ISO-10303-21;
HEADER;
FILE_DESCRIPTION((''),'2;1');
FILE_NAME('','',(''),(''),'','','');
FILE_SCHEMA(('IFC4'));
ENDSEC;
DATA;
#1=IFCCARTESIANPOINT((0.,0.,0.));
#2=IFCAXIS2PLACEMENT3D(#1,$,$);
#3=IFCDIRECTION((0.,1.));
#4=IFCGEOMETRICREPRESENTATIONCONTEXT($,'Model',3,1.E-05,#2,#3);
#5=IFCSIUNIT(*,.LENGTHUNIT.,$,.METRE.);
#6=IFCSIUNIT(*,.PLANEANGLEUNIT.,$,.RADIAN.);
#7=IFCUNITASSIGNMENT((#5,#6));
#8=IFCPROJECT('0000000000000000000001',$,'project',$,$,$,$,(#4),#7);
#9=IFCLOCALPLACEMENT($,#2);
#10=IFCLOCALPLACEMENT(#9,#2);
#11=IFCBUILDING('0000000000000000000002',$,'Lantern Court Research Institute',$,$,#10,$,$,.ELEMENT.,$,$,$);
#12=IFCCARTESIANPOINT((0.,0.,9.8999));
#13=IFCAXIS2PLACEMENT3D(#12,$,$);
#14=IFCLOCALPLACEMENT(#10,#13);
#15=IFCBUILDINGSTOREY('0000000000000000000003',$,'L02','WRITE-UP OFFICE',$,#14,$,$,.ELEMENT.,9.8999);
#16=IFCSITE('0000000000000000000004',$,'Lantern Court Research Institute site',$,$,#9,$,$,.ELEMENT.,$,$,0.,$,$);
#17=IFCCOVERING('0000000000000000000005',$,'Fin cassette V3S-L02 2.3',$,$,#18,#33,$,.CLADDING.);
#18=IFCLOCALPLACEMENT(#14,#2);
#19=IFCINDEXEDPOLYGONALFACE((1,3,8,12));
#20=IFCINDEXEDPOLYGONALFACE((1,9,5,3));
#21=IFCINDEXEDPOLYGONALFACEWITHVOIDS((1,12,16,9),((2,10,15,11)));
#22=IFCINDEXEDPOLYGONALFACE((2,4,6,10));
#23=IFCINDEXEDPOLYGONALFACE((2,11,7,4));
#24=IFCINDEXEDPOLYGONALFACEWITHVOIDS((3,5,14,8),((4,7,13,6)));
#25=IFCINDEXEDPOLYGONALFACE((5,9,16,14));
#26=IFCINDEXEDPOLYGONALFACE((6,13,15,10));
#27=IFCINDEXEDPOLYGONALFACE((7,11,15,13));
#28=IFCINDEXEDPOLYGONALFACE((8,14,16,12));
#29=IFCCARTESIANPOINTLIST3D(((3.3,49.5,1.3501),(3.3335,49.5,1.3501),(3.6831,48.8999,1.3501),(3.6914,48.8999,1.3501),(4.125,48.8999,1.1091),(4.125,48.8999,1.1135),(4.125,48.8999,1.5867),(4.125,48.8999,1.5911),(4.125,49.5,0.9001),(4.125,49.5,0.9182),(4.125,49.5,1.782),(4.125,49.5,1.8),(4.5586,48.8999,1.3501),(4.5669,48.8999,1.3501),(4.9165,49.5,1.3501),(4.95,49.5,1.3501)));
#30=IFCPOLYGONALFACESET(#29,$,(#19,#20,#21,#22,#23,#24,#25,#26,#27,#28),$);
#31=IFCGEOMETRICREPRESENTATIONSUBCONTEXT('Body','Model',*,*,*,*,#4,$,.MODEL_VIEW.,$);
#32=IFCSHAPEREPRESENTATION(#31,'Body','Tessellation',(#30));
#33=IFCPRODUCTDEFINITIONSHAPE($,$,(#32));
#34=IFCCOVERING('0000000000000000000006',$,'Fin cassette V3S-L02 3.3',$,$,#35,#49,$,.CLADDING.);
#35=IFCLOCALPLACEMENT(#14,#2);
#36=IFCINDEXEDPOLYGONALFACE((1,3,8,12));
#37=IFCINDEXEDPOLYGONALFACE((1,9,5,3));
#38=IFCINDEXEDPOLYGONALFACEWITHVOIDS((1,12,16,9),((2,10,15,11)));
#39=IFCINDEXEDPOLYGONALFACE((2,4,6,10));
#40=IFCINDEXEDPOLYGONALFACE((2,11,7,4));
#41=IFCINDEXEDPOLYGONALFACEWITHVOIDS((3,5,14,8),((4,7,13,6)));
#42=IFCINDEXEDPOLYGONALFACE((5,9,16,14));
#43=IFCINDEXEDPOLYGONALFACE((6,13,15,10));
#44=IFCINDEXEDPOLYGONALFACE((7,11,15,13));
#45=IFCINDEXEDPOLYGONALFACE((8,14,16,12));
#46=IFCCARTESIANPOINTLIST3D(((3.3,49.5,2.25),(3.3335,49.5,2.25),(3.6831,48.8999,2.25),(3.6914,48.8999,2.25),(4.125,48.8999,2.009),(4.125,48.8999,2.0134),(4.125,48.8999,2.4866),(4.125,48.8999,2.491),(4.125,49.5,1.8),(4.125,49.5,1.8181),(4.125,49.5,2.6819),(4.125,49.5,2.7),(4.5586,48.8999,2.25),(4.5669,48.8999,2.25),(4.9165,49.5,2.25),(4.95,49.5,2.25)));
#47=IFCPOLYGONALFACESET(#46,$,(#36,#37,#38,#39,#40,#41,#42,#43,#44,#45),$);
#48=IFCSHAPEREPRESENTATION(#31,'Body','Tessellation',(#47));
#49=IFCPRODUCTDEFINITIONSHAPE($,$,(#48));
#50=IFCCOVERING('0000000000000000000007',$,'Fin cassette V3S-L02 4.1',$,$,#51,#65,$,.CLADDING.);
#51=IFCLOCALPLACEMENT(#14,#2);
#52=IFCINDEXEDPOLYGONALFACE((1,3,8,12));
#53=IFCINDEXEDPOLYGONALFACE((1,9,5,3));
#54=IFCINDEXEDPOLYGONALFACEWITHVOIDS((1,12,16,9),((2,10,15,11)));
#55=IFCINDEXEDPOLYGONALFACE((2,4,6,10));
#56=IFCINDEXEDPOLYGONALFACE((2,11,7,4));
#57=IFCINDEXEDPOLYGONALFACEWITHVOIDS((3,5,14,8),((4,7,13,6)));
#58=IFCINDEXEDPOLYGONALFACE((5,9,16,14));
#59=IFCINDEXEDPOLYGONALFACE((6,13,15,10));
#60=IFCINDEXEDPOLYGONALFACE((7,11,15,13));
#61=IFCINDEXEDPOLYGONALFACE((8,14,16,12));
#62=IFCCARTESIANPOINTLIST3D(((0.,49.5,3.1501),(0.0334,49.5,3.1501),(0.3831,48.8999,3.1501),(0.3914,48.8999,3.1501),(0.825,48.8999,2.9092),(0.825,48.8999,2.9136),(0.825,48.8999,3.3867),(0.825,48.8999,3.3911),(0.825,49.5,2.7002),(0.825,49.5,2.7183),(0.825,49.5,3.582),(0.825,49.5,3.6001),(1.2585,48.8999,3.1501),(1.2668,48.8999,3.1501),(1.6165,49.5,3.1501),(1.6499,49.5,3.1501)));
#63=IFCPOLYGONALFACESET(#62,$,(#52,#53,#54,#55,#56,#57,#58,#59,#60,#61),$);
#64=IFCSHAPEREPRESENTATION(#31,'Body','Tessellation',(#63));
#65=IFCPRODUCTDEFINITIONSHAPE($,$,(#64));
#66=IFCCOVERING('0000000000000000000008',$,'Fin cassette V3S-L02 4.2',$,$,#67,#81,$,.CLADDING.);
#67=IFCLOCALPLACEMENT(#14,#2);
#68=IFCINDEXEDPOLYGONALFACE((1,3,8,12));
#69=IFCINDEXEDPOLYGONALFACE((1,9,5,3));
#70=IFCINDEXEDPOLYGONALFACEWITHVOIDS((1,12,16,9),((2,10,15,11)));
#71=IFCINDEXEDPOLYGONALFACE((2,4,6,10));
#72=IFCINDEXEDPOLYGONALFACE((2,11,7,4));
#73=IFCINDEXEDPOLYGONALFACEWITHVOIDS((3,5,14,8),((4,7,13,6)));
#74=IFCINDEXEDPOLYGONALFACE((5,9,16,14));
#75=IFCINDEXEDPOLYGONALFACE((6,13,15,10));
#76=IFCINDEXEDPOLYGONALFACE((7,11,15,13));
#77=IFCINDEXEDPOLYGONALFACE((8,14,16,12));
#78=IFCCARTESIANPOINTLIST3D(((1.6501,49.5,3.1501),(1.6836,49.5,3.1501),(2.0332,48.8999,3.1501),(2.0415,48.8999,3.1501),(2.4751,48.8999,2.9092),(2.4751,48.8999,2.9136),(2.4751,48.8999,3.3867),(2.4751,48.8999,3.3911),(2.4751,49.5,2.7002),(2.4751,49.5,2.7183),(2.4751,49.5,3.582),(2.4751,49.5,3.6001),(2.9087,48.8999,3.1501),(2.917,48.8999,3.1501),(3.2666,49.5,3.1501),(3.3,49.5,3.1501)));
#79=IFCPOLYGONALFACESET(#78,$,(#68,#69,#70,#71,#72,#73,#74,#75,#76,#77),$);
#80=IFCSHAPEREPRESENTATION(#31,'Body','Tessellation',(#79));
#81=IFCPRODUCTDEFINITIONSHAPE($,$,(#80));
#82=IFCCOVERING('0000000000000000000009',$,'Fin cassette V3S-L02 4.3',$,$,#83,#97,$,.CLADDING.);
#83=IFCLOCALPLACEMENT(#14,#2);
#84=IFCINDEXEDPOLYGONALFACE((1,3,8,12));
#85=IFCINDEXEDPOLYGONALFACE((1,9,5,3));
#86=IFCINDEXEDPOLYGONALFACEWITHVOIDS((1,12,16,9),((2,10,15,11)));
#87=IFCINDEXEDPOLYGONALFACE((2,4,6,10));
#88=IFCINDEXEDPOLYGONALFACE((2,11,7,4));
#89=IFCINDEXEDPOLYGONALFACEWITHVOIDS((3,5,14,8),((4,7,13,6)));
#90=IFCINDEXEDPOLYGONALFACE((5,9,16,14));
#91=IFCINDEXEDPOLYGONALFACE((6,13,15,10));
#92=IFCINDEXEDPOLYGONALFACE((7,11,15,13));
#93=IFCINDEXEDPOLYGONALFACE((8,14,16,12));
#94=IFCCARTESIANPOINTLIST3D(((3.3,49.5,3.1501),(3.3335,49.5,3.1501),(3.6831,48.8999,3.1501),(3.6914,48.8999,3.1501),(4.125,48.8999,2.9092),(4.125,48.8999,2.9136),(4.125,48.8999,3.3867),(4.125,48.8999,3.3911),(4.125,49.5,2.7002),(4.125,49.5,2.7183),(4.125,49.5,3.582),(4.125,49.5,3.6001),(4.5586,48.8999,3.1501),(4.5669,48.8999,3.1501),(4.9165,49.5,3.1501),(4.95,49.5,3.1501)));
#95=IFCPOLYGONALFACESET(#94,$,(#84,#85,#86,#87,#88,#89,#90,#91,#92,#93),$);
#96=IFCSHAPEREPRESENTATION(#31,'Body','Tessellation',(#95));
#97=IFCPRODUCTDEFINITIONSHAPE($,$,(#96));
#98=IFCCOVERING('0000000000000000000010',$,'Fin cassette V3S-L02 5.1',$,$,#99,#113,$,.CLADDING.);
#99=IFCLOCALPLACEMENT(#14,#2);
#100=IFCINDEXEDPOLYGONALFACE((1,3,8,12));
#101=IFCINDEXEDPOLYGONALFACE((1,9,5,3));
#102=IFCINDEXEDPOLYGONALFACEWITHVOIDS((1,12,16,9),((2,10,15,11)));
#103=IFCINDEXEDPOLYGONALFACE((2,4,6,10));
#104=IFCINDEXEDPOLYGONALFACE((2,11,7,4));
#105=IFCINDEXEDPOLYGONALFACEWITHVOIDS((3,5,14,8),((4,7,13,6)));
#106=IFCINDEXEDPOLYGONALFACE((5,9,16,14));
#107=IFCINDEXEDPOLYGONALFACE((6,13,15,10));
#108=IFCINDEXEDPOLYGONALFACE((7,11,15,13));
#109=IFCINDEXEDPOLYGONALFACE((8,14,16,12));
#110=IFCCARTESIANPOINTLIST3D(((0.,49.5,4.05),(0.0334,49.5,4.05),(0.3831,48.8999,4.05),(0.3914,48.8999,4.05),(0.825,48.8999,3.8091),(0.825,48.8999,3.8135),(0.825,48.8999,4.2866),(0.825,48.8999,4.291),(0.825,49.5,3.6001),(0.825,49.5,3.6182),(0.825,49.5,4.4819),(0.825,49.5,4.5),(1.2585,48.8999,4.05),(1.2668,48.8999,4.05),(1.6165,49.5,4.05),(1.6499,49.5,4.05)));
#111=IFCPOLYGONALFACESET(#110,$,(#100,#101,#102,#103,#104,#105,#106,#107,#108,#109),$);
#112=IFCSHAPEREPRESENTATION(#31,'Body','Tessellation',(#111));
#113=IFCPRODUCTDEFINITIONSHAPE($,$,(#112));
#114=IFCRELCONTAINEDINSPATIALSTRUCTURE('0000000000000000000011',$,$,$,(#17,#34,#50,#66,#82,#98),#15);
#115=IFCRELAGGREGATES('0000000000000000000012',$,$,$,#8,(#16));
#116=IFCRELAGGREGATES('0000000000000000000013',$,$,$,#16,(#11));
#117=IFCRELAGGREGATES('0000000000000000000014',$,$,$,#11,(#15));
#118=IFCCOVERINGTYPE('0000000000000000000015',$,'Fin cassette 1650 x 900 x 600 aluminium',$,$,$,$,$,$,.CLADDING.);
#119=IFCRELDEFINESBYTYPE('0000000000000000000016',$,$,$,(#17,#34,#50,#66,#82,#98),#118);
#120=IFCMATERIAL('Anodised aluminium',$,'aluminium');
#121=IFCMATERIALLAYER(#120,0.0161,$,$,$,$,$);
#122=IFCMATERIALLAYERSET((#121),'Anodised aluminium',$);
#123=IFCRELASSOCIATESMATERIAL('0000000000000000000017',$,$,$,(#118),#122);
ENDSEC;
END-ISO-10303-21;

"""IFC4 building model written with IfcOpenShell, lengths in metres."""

from ifc_helpers import new_model, entity, si_unit, direction, frame, origin, place, context, subcontext, project, spatial, material, layer, layer_set, type_object, element, save


model = new_model("IFC4")

# Units and contexts
model_context = context("Model", 3, precision=1e-05, world=origin(), true_north=direction((0.0, 1.0)))
body_context = subcontext(model_context, "Body", "Model", "MODEL_VIEW")
ifc_project = project(units=[si_unit("LENGTHUNIT", "METRE"), si_unit("PLANEANGLEUNIT", "RADIAN")], contexts=[model_context])

# Site, building, storey
site_placement = place(None, origin())
site = spatial("IfcSite", under=ifc_project, at=site_placement, Name="Lantern Court Research Institute site", CompositionType="ELEMENT", RefElevation=0.0)
building_placement = place(site_placement, origin())
building = spatial("IfcBuilding", under=site, at=building_placement, Name="Lantern Court Research Institute", CompositionType="ELEMENT")
storey_placement = place(building_placement, frame((0.0, 0.0, 9.8999)))
storey = spatial("IfcBuildingStorey", under=building, at=storey_placement, Name="L02", Description="WRITE-UP OFFICE", CompositionType="ELEMENT", Elevation=9.8999)

# Coverings
ifc_material_1 = material(Name="Anodised aluminium", Category="aluminium")
ifc_layer_1 = layer(ifc_material_1, 0.0161)
ifc_layer_set_1 = layer_set([ifc_layer_1], Name="Anodised aluminium")
covering_type = type_object("IfcCoveringType", Name="Fin cassette 1650 x 900 x 600 aluminium", PredefinedType="CLADDING", material=ifc_layer_set_1)
covering_1_placement = place(storey_placement, frame((4.125, 49.5, 1.3501), z_axis=(0.0, -1.0, 0.0), x_axis=(1.0, 0.0, 0.0)))
cartesian_point_1 = entity("IfcCartesianPoint", [0.825, 0.0])
cartesian_point_2 = entity("IfcCartesianPoint", [0.7915, 0.0])
cartesian_point_3 = entity("IfcCartesianPoint", [0.4419, 0.0])
cartesian_point_4 = entity("IfcCartesianPoint", [0.4336, 0.0])
element("IfcCovering", 1, at=covering_1_placement, inside=storey, type_object=covering_type, Name="Fin cassette V3S-L02 2.3", PredefinedType="CLADDING", context=body_context, shape_type="SweptSolid", body=[
    entity("IfcExtrudedAreaSolidTapered", entity("IfcArbitraryProfileDefWithVoids", "AREA", None, entity("IfcPolyline", [cartesian_point_1, entity("IfcCartesianPoint", [0.0, 0.45]), entity("IfcCartesianPoint", [-0.825, 0.0]), entity("IfcCartesianPoint", [0.0, -0.45]), cartesian_point_1]), [entity("IfcPolyline", [cartesian_point_2, entity("IfcCartesianPoint", [0.0, 0.4319]), entity("IfcCartesianPoint", [-0.7915, 0.0]), entity("IfcCartesianPoint", [0.0, -0.4319]), cartesian_point_2])]), entity("IfcAxis2Placement3D", entity("IfcCartesianPoint", [0.0, 0.0, 0.0])), entity("IfcDirection", [0.0, 0.0, 1.0]), 0.6001, entity("IfcArbitraryProfileDefWithVoids", "AREA", None, entity("IfcPolyline", [cartesian_point_3, entity("IfcCartesianPoint", [0.0, 0.241]), entity("IfcCartesianPoint", [-0.4419, 0.0]), entity("IfcCartesianPoint", [0.0, -0.241]), cartesian_point_3]), [entity("IfcPolyline", [cartesian_point_4, entity("IfcCartesianPoint", [0.0, 0.2366]), entity("IfcCartesianPoint", [-0.4336, 0.0]), entity("IfcCartesianPoint", [0.0, -0.2366]), cartesian_point_4])])),
])
covering_2_placement = place(storey_placement, frame((4.125, 49.5, 2.25), z_axis=(0.0, -1.0, 0.0), x_axis=(1.0, 0.0, 0.0)))
cartesian_point_5 = entity("IfcCartesianPoint", [0.825, 0.0])
cartesian_point_6 = entity("IfcCartesianPoint", [0.7915, 0.0])
cartesian_point_7 = entity("IfcCartesianPoint", [0.4419, 0.0])
cartesian_point_8 = entity("IfcCartesianPoint", [0.4336, 0.0])
element("IfcCovering", 2, at=covering_2_placement, inside=storey, type_object=covering_type, Name="Fin cassette V3S-L02 3.3", PredefinedType="CLADDING", context=body_context, shape_type="SweptSolid", body=[
    entity("IfcExtrudedAreaSolidTapered", entity("IfcArbitraryProfileDefWithVoids", "AREA", None, entity("IfcPolyline", [cartesian_point_5, entity("IfcCartesianPoint", [0.0, 0.45]), entity("IfcCartesianPoint", [-0.825, 0.0]), entity("IfcCartesianPoint", [0.0, -0.45]), cartesian_point_5]), [entity("IfcPolyline", [cartesian_point_6, entity("IfcCartesianPoint", [0.0, 0.4319]), entity("IfcCartesianPoint", [-0.7915, 0.0]), entity("IfcCartesianPoint", [0.0, -0.4319]), cartesian_point_6])]), entity("IfcAxis2Placement3D", entity("IfcCartesianPoint", [0.0, 0.0, 0.0])), entity("IfcDirection", [0.0, 0.0, 1.0]), 0.6001, entity("IfcArbitraryProfileDefWithVoids", "AREA", None, entity("IfcPolyline", [cartesian_point_7, entity("IfcCartesianPoint", [0.0, 0.241]), entity("IfcCartesianPoint", [-0.4419, 0.0]), entity("IfcCartesianPoint", [0.0, -0.241]), cartesian_point_7]), [entity("IfcPolyline", [cartesian_point_8, entity("IfcCartesianPoint", [0.0, 0.2366]), entity("IfcCartesianPoint", [-0.4336, 0.0]), entity("IfcCartesianPoint", [0.0, -0.2366]), cartesian_point_8])])),
])
covering_3_placement = place(storey_placement, frame((0.825, 49.5, 3.1501), z_axis=(0.0, -1.0, 0.0), x_axis=(1.0, 0.0, 0.0)))
cartesian_point_9 = entity("IfcCartesianPoint", [0.825, 0.0])
cartesian_point_10 = entity("IfcCartesianPoint", [0.7915, 0.0])
cartesian_point_11 = entity("IfcCartesianPoint", [0.4419, 0.0])
cartesian_point_12 = entity("IfcCartesianPoint", [0.4336, 0.0])
element("IfcCovering", 3, at=covering_3_placement, inside=storey, type_object=covering_type, Name="Fin cassette V3S-L02 4.1", PredefinedType="CLADDING", context=body_context, shape_type="SweptSolid", body=[
    entity("IfcExtrudedAreaSolidTapered", entity("IfcArbitraryProfileDefWithVoids", "AREA", None, entity("IfcPolyline", [cartesian_point_9, entity("IfcCartesianPoint", [0.0, 0.45]), entity("IfcCartesianPoint", [-0.825, 0.0]), entity("IfcCartesianPoint", [0.0, -0.45]), cartesian_point_9]), [entity("IfcPolyline", [cartesian_point_10, entity("IfcCartesianPoint", [0.0, 0.4319]), entity("IfcCartesianPoint", [-0.7915, 0.0]), entity("IfcCartesianPoint", [0.0, -0.4319]), cartesian_point_10])]), entity("IfcAxis2Placement3D", entity("IfcCartesianPoint", [0.0, 0.0, 0.0])), entity("IfcDirection", [0.0, 0.0, 1.0]), 0.6001, entity("IfcArbitraryProfileDefWithVoids", "AREA", None, entity("IfcPolyline", [cartesian_point_11, entity("IfcCartesianPoint", [0.0, 0.241]), entity("IfcCartesianPoint", [-0.4419, 0.0]), entity("IfcCartesianPoint", [0.0, -0.241]), cartesian_point_11]), [entity("IfcPolyline", [cartesian_point_12, entity("IfcCartesianPoint", [0.0, 0.2366]), entity("IfcCartesianPoint", [-0.4336, 0.0]), entity("IfcCartesianPoint", [0.0, -0.2366]), cartesian_point_12])])),
])
covering_4_placement = place(storey_placement, frame((2.4751, 49.5, 3.1501), z_axis=(0.0, -1.0, 0.0), x_axis=(1.0, 0.0, 0.0)))
cartesian_point_13 = entity("IfcCartesianPoint", [0.825, 0.0])
cartesian_point_14 = entity("IfcCartesianPoint", [0.7915, 0.0])
cartesian_point_15 = entity("IfcCartesianPoint", [0.4419, 0.0])
cartesian_point_16 = entity("IfcCartesianPoint", [0.4336, 0.0])
element("IfcCovering", 4, at=covering_4_placement, inside=storey, type_object=covering_type, Name="Fin cassette V3S-L02 4.2", PredefinedType="CLADDING", context=body_context, shape_type="SweptSolid", body=[
    entity("IfcExtrudedAreaSolidTapered", entity("IfcArbitraryProfileDefWithVoids", "AREA", None, entity("IfcPolyline", [cartesian_point_13, entity("IfcCartesianPoint", [0.0, 0.45]), entity("IfcCartesianPoint", [-0.825, 0.0]), entity("IfcCartesianPoint", [0.0, -0.45]), cartesian_point_13]), [entity("IfcPolyline", [cartesian_point_14, entity("IfcCartesianPoint", [0.0, 0.4319]), entity("IfcCartesianPoint", [-0.7915, 0.0]), entity("IfcCartesianPoint", [0.0, -0.4319]), cartesian_point_14])]), entity("IfcAxis2Placement3D", entity("IfcCartesianPoint", [0.0, 0.0, 0.0])), entity("IfcDirection", [0.0, 0.0, 1.0]), 0.6001, entity("IfcArbitraryProfileDefWithVoids", "AREA", None, entity("IfcPolyline", [cartesian_point_15, entity("IfcCartesianPoint", [0.0, 0.241]), entity("IfcCartesianPoint", [-0.4419, 0.0]), entity("IfcCartesianPoint", [0.0, -0.241]), cartesian_point_15]), [entity("IfcPolyline", [cartesian_point_16, entity("IfcCartesianPoint", [0.0, 0.2366]), entity("IfcCartesianPoint", [-0.4336, 0.0]), entity("IfcCartesianPoint", [0.0, -0.2366]), cartesian_point_16])])),
])
covering_5_placement = place(storey_placement, frame((4.125, 49.5, 3.1501), z_axis=(0.0, -1.0, 0.0), x_axis=(1.0, 0.0, 0.0)))
cartesian_point_17 = entity("IfcCartesianPoint", [0.825, 0.0])
cartesian_point_18 = entity("IfcCartesianPoint", [0.7915, 0.0])
cartesian_point_19 = entity("IfcCartesianPoint", [0.4419, 0.0])
cartesian_point_20 = entity("IfcCartesianPoint", [0.4336, 0.0])
element("IfcCovering", 5, at=covering_5_placement, inside=storey, type_object=covering_type, Name="Fin cassette V3S-L02 4.3", PredefinedType="CLADDING", context=body_context, shape_type="SweptSolid", body=[
    entity("IfcExtrudedAreaSolidTapered", entity("IfcArbitraryProfileDefWithVoids", "AREA", None, entity("IfcPolyline", [cartesian_point_17, entity("IfcCartesianPoint", [0.0, 0.45]), entity("IfcCartesianPoint", [-0.825, 0.0]), entity("IfcCartesianPoint", [0.0, -0.45]), cartesian_point_17]), [entity("IfcPolyline", [cartesian_point_18, entity("IfcCartesianPoint", [0.0, 0.4319]), entity("IfcCartesianPoint", [-0.7915, 0.0]), entity("IfcCartesianPoint", [0.0, -0.4319]), cartesian_point_18])]), entity("IfcAxis2Placement3D", entity("IfcCartesianPoint", [0.0, 0.0, 0.0])), entity("IfcDirection", [0.0, 0.0, 1.0]), 0.6001, entity("IfcArbitraryProfileDefWithVoids", "AREA", None, entity("IfcPolyline", [cartesian_point_19, entity("IfcCartesianPoint", [0.0, 0.241]), entity("IfcCartesianPoint", [-0.4419, 0.0]), entity("IfcCartesianPoint", [0.0, -0.241]), cartesian_point_19]), [entity("IfcPolyline", [cartesian_point_20, entity("IfcCartesianPoint", [0.0, 0.2366]), entity("IfcCartesianPoint", [-0.4336, 0.0]), entity("IfcCartesianPoint", [0.0, -0.2366]), cartesian_point_20])])),
])
covering_6_placement = place(storey_placement, frame((0.825, 49.5, 4.05), z_axis=(0.0, -1.0, 0.0), x_axis=(1.0, 0.0, 0.0)))
cartesian_point_21 = entity("IfcCartesianPoint", [0.825, 0.0])
cartesian_point_22 = entity("IfcCartesianPoint", [0.7915, 0.0])
cartesian_point_23 = entity("IfcCartesianPoint", [0.4419, 0.0])
cartesian_point_24 = entity("IfcCartesianPoint", [0.4336, 0.0])
element("IfcCovering", 6, at=covering_6_placement, inside=storey, type_object=covering_type, Name="Fin cassette V3S-L02 5.1", PredefinedType="CLADDING", context=body_context, shape_type="SweptSolid", body=[
    entity("IfcExtrudedAreaSolidTapered", entity("IfcArbitraryProfileDefWithVoids", "AREA", None, entity("IfcPolyline", [cartesian_point_21, entity("IfcCartesianPoint", [0.0, 0.45]), entity("IfcCartesianPoint", [-0.825, 0.0]), entity("IfcCartesianPoint", [0.0, -0.45]), cartesian_point_21]), [entity("IfcPolyline", [cartesian_point_22, entity("IfcCartesianPoint", [0.0, 0.4319]), entity("IfcCartesianPoint", [-0.7915, 0.0]), entity("IfcCartesianPoint", [0.0, -0.4319]), cartesian_point_22])]), entity("IfcAxis2Placement3D", entity("IfcCartesianPoint", [0.0, 0.0, 0.0])), entity("IfcDirection", [0.0, 0.0, 1.0]), 0.6001, entity("IfcArbitraryProfileDefWithVoids", "AREA", None, entity("IfcPolyline", [cartesian_point_23, entity("IfcCartesianPoint", [0.0, 0.241]), entity("IfcCartesianPoint", [-0.4419, 0.0]), entity("IfcCartesianPoint", [0.0, -0.241]), cartesian_point_23]), [entity("IfcPolyline", [cartesian_point_24, entity("IfcCartesianPoint", [0.0, 0.2366]), entity("IfcCartesianPoint", [-0.4336, 0.0]), entity("IfcCartesianPoint", [0.0, -0.2366]), cartesian_point_24])])),
])

save(model, "model.ifc")
